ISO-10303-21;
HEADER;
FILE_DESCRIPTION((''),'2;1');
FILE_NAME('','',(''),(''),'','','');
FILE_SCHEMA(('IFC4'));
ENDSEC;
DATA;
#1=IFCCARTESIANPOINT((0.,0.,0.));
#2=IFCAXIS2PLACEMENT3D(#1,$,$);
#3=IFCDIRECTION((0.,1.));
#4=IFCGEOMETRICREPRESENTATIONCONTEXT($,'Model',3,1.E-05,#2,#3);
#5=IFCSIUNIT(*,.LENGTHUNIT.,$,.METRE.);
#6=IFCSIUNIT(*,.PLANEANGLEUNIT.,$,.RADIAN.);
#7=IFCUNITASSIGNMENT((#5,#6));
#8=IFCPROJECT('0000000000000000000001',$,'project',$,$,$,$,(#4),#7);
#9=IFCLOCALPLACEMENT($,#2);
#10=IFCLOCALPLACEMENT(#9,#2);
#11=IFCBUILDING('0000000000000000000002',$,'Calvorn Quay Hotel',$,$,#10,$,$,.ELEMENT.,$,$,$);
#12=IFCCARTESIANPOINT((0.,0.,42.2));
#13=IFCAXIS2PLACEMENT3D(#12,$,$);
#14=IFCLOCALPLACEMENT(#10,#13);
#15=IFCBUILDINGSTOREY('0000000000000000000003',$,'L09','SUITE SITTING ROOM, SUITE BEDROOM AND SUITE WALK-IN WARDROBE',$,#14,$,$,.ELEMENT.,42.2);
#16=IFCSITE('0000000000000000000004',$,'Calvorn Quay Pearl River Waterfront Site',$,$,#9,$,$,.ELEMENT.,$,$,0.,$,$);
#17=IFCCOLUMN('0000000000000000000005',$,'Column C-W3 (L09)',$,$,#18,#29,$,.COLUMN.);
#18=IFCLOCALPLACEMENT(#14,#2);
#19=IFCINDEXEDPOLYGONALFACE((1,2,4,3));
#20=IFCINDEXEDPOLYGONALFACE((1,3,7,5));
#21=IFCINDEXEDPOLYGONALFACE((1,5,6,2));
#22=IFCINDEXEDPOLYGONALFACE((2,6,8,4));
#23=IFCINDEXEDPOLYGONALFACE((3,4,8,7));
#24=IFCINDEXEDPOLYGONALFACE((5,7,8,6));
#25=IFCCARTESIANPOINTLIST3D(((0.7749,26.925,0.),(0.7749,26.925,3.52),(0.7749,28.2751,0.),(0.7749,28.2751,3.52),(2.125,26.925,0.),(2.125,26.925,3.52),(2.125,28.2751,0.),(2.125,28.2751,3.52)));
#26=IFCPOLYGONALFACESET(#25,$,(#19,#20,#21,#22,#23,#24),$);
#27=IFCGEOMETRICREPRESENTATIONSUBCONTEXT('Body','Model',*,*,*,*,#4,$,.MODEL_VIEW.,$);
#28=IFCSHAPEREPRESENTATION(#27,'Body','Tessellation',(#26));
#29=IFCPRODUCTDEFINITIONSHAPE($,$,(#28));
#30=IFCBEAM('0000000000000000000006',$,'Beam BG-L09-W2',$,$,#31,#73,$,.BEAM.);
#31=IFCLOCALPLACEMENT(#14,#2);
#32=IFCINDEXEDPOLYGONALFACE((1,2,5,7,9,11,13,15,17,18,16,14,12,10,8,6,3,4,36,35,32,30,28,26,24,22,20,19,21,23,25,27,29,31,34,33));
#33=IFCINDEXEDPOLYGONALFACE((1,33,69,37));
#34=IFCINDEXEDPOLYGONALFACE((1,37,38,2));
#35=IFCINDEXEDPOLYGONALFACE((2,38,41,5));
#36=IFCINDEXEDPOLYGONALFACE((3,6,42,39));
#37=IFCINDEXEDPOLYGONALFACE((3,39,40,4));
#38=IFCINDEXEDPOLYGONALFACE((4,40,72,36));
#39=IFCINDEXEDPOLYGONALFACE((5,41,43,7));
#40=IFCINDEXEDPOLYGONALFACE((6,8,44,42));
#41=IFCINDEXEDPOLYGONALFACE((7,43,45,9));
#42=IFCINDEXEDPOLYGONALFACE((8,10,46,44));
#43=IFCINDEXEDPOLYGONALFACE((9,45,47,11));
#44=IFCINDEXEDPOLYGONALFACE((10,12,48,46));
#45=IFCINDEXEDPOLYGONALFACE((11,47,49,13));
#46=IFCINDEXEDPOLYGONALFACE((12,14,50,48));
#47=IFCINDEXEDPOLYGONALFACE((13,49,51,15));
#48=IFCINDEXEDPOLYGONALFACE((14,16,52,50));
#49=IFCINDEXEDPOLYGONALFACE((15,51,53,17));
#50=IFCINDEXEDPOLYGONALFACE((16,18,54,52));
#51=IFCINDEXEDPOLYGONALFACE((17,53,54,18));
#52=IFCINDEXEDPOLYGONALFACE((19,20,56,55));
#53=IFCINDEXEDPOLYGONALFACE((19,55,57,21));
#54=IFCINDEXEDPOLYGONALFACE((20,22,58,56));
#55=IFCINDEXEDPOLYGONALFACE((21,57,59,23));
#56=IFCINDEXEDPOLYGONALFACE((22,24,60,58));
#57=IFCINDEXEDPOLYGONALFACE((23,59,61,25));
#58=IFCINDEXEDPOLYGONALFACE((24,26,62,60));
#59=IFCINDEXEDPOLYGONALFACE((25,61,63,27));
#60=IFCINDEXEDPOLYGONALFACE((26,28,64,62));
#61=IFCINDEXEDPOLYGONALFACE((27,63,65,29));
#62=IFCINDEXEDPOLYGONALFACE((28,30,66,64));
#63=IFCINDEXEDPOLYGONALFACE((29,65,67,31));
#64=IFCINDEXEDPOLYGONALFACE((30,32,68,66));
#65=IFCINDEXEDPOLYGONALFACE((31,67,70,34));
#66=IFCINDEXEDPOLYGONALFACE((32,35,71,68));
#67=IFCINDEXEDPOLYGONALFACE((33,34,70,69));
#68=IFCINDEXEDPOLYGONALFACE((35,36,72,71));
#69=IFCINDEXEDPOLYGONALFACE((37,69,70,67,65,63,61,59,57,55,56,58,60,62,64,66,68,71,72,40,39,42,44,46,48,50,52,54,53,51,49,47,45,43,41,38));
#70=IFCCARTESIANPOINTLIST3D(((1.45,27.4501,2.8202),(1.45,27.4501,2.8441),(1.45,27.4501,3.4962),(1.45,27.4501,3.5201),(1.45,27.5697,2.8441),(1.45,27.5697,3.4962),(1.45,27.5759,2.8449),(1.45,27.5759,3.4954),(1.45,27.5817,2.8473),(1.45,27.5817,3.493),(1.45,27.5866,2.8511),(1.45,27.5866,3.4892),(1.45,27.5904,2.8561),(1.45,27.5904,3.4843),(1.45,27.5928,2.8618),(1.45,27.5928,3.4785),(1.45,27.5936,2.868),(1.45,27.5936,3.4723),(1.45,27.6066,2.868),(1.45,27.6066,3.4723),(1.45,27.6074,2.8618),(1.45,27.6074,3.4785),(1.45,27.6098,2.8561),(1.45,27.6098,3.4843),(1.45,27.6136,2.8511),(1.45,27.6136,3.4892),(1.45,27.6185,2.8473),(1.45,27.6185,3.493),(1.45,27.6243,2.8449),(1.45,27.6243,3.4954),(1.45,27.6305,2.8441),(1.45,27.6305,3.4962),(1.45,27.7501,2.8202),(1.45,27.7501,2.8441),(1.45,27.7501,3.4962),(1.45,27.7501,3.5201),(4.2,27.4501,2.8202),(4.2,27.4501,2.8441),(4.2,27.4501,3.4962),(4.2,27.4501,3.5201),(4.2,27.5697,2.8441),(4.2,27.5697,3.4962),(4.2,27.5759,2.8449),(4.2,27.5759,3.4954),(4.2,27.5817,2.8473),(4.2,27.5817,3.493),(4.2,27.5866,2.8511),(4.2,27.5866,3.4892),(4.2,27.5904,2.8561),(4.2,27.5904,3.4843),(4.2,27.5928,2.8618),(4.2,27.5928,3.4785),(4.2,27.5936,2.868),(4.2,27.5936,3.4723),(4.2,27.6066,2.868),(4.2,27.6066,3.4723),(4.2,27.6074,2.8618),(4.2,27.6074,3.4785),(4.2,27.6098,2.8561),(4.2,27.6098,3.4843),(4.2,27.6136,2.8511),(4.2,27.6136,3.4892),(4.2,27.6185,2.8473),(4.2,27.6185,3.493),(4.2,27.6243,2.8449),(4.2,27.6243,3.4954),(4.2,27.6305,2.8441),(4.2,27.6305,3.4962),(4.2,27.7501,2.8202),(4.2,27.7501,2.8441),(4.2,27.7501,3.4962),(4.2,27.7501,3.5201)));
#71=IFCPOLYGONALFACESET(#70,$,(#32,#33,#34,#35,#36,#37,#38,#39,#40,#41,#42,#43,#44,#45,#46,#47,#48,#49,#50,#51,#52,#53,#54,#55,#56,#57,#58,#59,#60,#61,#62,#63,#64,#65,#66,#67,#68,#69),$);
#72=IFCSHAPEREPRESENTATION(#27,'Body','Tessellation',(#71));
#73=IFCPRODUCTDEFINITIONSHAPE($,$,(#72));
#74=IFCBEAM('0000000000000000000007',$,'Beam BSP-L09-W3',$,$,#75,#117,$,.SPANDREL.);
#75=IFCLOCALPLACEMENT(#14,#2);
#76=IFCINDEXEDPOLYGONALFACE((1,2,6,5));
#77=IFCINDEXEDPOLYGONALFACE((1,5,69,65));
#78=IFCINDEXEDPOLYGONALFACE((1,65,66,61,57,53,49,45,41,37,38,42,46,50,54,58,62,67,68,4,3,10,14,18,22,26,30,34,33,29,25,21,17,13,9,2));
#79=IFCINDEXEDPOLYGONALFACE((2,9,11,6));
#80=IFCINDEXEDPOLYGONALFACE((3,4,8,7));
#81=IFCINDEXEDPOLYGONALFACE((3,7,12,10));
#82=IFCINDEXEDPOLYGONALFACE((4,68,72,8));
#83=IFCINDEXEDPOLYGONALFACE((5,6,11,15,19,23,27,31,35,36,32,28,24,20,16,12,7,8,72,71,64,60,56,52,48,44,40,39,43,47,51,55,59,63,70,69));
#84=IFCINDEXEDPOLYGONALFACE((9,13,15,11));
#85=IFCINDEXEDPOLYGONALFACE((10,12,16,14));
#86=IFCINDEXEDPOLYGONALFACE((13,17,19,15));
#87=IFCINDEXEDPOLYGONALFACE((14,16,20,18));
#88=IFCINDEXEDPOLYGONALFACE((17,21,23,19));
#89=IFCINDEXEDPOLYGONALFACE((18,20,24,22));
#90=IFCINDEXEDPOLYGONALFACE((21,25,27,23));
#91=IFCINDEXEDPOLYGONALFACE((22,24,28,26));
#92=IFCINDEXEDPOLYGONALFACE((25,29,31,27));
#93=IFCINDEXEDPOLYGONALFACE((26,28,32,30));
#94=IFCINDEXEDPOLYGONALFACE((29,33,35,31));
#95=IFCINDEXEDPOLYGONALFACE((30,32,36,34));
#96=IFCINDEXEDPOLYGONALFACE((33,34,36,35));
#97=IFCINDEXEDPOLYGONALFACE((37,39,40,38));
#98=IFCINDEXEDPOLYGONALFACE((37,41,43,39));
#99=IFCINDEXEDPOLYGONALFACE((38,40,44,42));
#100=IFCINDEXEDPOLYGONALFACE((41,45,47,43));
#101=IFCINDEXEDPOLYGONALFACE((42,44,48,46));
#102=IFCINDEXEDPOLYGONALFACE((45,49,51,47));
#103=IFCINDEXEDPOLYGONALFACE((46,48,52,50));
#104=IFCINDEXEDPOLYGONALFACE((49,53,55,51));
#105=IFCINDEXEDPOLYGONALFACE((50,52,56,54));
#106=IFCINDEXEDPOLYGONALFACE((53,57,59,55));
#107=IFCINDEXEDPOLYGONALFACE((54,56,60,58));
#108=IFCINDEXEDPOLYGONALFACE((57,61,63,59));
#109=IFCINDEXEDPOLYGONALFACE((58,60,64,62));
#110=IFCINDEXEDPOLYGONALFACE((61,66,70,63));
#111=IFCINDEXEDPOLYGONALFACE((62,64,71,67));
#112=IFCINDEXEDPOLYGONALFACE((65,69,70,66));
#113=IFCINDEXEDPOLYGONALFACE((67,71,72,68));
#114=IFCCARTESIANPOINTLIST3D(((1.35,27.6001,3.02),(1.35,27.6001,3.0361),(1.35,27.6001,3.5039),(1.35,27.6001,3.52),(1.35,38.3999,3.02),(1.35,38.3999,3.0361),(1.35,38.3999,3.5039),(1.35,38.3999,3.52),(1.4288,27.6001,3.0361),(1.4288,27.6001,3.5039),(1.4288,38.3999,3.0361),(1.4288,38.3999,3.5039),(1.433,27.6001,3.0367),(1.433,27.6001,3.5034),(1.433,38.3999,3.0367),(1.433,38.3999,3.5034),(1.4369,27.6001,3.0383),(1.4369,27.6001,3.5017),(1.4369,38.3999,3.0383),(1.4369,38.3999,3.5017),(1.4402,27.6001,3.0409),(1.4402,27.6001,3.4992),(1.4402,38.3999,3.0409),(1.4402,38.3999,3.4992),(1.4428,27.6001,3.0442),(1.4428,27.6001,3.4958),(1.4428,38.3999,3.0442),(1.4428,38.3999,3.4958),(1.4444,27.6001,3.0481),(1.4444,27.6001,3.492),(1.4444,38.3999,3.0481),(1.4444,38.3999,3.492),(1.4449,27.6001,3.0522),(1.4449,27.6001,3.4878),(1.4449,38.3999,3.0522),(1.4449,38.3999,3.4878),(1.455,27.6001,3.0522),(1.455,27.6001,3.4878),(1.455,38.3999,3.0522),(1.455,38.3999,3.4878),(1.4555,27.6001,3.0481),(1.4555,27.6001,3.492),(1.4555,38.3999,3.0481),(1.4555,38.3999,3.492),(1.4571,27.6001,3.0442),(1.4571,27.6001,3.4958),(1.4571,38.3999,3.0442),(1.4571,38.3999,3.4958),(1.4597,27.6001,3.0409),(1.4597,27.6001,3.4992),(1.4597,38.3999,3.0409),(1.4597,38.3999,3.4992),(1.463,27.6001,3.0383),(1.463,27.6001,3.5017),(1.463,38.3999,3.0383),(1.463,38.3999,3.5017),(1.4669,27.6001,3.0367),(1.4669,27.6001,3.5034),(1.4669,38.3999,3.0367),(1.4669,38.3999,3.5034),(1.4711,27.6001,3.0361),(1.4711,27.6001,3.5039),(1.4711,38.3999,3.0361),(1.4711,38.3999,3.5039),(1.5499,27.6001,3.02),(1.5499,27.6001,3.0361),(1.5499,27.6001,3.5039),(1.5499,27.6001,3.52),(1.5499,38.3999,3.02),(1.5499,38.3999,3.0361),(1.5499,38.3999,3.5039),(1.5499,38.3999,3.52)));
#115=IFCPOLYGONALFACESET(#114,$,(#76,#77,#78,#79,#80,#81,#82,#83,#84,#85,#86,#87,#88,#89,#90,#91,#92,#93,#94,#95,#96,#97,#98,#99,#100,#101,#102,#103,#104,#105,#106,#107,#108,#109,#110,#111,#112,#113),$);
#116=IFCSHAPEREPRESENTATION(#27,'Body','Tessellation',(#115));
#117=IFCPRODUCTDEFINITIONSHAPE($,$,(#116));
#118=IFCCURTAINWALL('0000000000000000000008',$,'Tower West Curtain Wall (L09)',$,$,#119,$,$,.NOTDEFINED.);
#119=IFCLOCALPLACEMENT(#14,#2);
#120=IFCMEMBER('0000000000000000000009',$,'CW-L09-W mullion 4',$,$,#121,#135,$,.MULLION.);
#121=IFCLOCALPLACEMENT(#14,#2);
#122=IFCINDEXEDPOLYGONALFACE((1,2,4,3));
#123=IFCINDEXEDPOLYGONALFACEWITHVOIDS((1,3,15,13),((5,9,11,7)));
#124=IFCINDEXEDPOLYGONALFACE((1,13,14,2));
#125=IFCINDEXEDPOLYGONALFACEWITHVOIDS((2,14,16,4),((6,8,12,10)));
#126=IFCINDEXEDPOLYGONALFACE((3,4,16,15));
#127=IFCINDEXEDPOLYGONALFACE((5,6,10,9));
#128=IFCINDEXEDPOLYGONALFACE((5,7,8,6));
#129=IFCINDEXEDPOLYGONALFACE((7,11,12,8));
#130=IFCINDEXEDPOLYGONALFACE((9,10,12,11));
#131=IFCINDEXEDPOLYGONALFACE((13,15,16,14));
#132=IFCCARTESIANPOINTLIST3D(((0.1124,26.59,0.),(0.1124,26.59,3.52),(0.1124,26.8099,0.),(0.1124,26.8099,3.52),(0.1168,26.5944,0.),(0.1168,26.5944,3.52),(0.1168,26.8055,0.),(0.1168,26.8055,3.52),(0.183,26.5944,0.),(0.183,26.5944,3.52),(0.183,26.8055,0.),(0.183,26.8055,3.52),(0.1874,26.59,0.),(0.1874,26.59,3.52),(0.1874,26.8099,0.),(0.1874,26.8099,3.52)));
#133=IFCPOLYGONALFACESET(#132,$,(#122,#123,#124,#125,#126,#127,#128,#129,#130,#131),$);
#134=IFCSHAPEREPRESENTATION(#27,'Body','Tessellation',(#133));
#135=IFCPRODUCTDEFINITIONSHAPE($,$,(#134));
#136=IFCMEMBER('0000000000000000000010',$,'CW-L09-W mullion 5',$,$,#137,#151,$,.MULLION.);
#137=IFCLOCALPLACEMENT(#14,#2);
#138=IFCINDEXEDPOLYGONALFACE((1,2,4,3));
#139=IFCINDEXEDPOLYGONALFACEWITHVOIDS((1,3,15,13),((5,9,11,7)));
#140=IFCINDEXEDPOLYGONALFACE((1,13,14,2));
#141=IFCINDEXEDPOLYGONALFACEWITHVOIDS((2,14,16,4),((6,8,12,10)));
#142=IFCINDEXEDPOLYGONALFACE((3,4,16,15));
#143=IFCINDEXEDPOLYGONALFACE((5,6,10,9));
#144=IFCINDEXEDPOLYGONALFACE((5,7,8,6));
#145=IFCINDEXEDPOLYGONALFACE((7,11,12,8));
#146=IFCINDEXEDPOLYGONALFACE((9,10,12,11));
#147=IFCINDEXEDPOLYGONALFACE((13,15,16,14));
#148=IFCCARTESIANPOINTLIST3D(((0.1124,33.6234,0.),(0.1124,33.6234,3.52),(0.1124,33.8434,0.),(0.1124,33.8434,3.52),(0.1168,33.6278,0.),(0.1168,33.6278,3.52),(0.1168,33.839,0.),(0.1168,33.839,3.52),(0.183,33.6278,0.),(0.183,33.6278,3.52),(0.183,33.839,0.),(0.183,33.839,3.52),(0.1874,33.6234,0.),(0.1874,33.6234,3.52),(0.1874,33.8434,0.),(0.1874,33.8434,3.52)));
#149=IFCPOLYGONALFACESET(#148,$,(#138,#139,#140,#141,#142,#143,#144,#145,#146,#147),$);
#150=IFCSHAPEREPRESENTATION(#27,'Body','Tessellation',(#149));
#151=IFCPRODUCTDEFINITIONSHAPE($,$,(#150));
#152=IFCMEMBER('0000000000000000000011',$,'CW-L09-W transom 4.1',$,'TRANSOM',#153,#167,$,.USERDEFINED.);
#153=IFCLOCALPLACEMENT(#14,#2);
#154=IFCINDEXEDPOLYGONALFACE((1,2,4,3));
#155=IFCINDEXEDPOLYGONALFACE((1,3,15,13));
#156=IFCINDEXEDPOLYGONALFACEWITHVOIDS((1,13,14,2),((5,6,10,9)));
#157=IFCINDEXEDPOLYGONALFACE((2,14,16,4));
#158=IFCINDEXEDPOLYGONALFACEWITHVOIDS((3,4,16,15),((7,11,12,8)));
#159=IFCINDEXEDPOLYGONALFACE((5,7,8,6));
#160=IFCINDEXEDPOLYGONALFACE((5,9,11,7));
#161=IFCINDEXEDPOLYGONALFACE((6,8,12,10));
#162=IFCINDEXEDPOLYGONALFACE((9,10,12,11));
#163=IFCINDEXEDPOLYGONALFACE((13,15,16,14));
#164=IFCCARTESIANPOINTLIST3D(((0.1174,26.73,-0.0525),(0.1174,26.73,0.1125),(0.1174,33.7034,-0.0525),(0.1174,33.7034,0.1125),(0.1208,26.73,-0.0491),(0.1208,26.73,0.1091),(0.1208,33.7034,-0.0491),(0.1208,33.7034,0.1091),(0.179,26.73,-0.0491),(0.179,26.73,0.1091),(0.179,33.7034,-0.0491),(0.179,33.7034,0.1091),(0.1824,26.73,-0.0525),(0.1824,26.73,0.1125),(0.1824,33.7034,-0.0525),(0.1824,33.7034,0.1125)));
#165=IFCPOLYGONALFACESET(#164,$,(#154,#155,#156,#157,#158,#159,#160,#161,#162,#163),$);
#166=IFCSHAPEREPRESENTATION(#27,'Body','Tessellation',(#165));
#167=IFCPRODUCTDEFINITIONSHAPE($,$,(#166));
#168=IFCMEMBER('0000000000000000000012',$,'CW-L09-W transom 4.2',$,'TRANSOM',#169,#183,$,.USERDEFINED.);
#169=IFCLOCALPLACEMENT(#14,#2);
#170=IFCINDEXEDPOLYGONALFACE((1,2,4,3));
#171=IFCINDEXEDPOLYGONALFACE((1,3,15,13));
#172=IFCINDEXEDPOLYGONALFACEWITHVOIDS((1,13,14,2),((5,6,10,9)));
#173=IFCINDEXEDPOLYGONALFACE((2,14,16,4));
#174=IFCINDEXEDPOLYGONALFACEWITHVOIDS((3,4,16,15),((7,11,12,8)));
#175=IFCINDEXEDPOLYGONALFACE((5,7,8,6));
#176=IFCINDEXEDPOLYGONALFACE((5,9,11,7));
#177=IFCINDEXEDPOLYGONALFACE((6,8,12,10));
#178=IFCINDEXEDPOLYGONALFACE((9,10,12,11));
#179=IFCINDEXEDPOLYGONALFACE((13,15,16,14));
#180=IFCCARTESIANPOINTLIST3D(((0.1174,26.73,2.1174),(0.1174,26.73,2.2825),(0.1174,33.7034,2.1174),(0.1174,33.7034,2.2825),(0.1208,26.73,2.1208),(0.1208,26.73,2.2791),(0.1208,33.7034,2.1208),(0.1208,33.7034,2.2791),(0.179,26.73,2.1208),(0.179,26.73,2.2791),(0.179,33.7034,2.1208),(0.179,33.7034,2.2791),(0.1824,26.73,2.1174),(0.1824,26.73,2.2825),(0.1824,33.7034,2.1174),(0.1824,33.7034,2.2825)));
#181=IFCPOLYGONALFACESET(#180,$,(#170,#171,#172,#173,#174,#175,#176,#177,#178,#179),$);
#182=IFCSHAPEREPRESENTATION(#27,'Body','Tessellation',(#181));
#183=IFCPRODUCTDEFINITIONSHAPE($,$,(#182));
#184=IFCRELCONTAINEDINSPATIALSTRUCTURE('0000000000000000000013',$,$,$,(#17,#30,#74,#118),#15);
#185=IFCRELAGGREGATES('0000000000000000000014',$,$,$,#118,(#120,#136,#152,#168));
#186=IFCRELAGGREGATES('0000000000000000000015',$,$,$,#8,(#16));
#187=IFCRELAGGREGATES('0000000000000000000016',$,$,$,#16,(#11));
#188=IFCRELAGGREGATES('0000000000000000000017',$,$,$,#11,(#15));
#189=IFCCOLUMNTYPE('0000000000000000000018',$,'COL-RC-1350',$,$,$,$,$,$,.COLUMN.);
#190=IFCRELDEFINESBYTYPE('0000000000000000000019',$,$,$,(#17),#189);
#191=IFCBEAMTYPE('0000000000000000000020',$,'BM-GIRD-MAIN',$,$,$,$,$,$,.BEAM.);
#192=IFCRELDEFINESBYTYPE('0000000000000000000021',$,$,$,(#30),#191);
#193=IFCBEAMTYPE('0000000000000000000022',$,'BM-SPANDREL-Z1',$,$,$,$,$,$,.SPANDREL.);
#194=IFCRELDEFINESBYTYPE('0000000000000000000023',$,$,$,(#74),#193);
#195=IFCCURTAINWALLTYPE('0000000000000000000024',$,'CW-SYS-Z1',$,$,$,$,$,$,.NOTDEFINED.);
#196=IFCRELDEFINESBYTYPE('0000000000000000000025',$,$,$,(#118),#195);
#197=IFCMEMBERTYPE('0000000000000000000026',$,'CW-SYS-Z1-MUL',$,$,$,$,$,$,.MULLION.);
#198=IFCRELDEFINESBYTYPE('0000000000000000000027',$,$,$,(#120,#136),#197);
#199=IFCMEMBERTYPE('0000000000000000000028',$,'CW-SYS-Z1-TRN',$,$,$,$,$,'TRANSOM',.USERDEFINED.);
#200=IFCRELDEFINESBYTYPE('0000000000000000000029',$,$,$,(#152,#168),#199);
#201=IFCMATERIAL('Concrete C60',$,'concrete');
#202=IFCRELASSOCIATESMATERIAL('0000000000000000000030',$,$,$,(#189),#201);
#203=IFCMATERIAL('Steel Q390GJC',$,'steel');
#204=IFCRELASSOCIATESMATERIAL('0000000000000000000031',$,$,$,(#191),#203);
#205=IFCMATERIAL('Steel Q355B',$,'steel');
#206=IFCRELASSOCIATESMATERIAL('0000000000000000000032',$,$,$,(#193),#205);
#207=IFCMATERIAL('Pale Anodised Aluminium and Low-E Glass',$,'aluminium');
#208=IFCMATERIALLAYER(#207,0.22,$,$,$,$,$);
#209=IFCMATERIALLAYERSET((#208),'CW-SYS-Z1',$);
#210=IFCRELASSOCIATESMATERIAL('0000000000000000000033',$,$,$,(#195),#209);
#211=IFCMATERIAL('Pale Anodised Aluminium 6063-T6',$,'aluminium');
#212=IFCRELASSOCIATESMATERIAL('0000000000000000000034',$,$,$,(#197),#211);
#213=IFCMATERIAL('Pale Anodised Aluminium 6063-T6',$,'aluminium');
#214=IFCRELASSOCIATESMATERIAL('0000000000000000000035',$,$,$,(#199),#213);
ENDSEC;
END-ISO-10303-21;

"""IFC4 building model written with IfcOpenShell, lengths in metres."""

from ifc_helpers import new_model, si_unit, direction, frame, origin, origin_2d, place, context, subcontext, project, spatial, rectangle, hollow_rectangle, i_section, extrude, material, layer, layer_set, material_profile, profile_set, type_object, element, aggregate, save


model = new_model("IFC4")

# Units and contexts
model_context = context("Model", 3, precision=1e-05, world=origin(), true_north=direction((0.0, 1.0)))
body_context = subcontext(model_context, "Body", "Model", "MODEL_VIEW")
ifc_project = project(units=[si_unit("LENGTHUNIT", "METRE"), si_unit("PLANEANGLEUNIT", "RADIAN")], contexts=[model_context])

# Site, building, storey
site_placement = place(None, origin())
site = spatial("IfcSite", under=ifc_project, at=site_placement, Name="Calvorn Quay Pearl River Waterfront Site", CompositionType="ELEMENT", RefElevation=0.0)
building_placement = place(site_placement, origin())
building = spatial("IfcBuilding", under=site, at=building_placement, Name="Calvorn Quay Hotel", CompositionType="ELEMENT")
storey_placement = place(building_placement, frame((0.0, 0.0, 42.2)))
storey = spatial("IfcBuildingStorey", under=building, at=storey_placement, Name="L09", Description="SUITE SITTING ROOM, SUITE BEDROOM AND SUITE WALK-IN WARDROBE", CompositionType="ELEMENT", Elevation=42.2)

# Column
ifc_material_1 = material(Name="Concrete C60", Category="concrete")
ifc_material_profile_1 = material_profile(ifc_material_1, rectangle(XDim=1.3501, YDim=1.3501, at=origin_2d()), Name="RC1350x1350")
ifc_profile_set_1 = profile_set([ifc_material_profile_1], Name="Concrete C60")
column_type = type_object("IfcColumnType", Name="COL-RC-1350", PredefinedType="COLUMN", material=ifc_profile_set_1)
column_placement = place(storey_placement, frame((1.45, 27.6001, 0.0), z_axis=(0.0, 0.0, 1.0), x_axis=(1.0, 0.0, 0.0)))
element("IfcColumn", 1, at=column_placement, inside=storey, type_object=column_type, Name="Column C-W3 (L09)", PredefinedType="COLUMN", context=body_context, shape_type="SweptSolid", body=[
    extrude(rectangle(XDim=1.3501, YDim=1.3501, at=origin_2d()), origin(), (0.0, 0.0, 1.0), 3.52),
])

# Beams
ifc_material_2 = material(Name="Steel Q390GJC", Category="steel")
ifc_material_profile_2 = material_profile(ifc_material_2, i_section(OverallWidth=0.3, OverallDepth=0.7, WebThickness=0.0129, FlangeThickness=0.0239, FilletRadius=0.0239, at=origin_2d()), Name="HN700x300x13x24")
ifc_profile_set_2 = profile_set([ifc_material_profile_2], Name="Steel Q390GJC")
beam_type_1 = type_object("IfcBeamType", Name="BM-GIRD-MAIN", PredefinedType="BEAM", material=ifc_profile_set_2)
beam_1_placement = place(storey_placement, frame((1.45, 27.6001, 3.1702), z_axis=(1.0, 0.0, 0.0), x_axis=(0.0, 1.0, 0.0)))
element("IfcBeam", 2, at=beam_1_placement, inside=storey, type_object=beam_type_1, Name="Beam BG-L09-W2", PredefinedType="BEAM", context=body_context, shape_type="SweptSolid", body=[
    extrude(i_section(OverallWidth=0.3, OverallDepth=0.7, WebThickness=0.0129, FlangeThickness=0.0239, FilletRadius=0.0239, at=origin_2d()), origin(), (0.0, 0.0, 1.0), 2.75),
])
ifc_material_3 = material(Name="Steel Q355B", Category="steel")
ifc_material_profile_3 = material_profile(ifc_material_3, i_section(OverallWidth=0.2, OverallDepth=0.5, WebThickness=0.01, FlangeThickness=0.0161, FilletRadius=0.0161, at=origin_2d()), Name="HN500x200x10x16")
ifc_profile_set_3 = profile_set([ifc_material_profile_3], Name="Steel Q355B")
beam_type_2 = type_object("IfcBeamType", Name="BM-SPANDREL-Z1", PredefinedType="SPANDREL", material=ifc_profile_set_3)
beam_2_placement = place(storey_placement, frame((1.45, 27.6001, 3.27), z_axis=(0.0, 1.0, 0.0), x_axis=(-1.0, 0.0, 0.0)))
element("IfcBeam", 3, at=beam_2_placement, inside=storey, type_object=beam_type_2, Name="Beam BSP-L09-W3", PredefinedType="SPANDREL", context=body_context, shape_type="SweptSolid", body=[
    extrude(i_section(OverallWidth=0.2, OverallDepth=0.5, WebThickness=0.01, FlangeThickness=0.0161, FilletRadius=0.0161, at=origin_2d()), origin(), (0.0, 0.0, 1.0), 10.7998),
])

# Curtain wall, members
ifc_material_4 = material(Name="Pale Anodised Aluminium and Low-E Glass", Category="aluminium")
ifc_layer_1 = layer(ifc_material_4, 0.22)
ifc_layer_set_1 = layer_set([ifc_layer_1], Name="CW-SYS-Z1")
curtain_wall_type = type_object("IfcCurtainWallType", Name="CW-SYS-Z1", PredefinedType="NOTDEFINED", material=ifc_layer_set_1)
curtain_wall_placement = place(storey_placement, origin())
curtain_wall = element("IfcCurtainWall", 4, at=curtain_wall_placement, inside=storey, type_object=curtain_wall_type, Name="Tower West Curtain Wall (L09)", PredefinedType="NOTDEFINED")
ifc_material_5 = material(Name="Pale Anodised Aluminium 6063-T6", Category="aluminium")
ifc_material_profile_4 = material_profile(ifc_material_5, hollow_rectangle(XDim=0.075, YDim=0.22, WallThickness=0.0044, at=origin_2d()), Name="ALU-M220x75x4.5")
ifc_profile_set_4 = profile_set([ifc_material_profile_4], Name="Pale Anodised Aluminium 6063-T6")
member_type_1 = type_object("IfcMemberType", Name="CW-SYS-Z1-MUL", PredefinedType="MULLION", material=ifc_profile_set_4)
member_1_placement = place(storey_placement, frame((0.1499, 26.7, 0.0), z_axis=(0.0, 0.0, 1.0), x_axis=(-1.0, 0.0, 0.0)))
member_1 = element("IfcMember", 5, at=member_1_placement, type_object=member_type_1, Name="CW-L09-W mullion 4", PredefinedType="MULLION", context=body_context, shape_type="SweptSolid", body=[
    extrude(hollow_rectangle(XDim=0.075, YDim=0.22, WallThickness=0.0044, at=origin_2d()), origin(), (0.0, 0.0, 1.0), 3.52),
])
member_2_placement = place(storey_placement, frame((0.1499, 33.7334, 0.0), z_axis=(0.0, 0.0, 1.0), x_axis=(-1.0, 0.0, 0.0)))
member_2 = element("IfcMember", 6, at=member_2_placement, type_object=member_type_1, Name="CW-L09-W mullion 5", PredefinedType="MULLION", context=body_context, shape_type="SweptSolid", body=[
    extrude(hollow_rectangle(XDim=0.075, YDim=0.22, WallThickness=0.0044, at=origin_2d()), origin(), (0.0, 0.0, 1.0), 3.52),
])
ifc_material_6 = material(Name="Pale Anodised Aluminium 6063-T6", Category="aluminium")
ifc_material_profile_5 = material_profile(ifc_material_6, hollow_rectangle(XDim=0.0649, YDim=0.165, WallThickness=0.0034, at=origin_2d()), Name="ALU-T165x65x3.5")
ifc_profile_set_5 = profile_set([ifc_material_profile_5], Name="Pale Anodised Aluminium 6063-T6")
member_type_2 = type_object("IfcMemberType", Name="CW-SYS-Z1-TRN", ElementType="TRANSOM", PredefinedType="USERDEFINED", material=ifc_profile_set_5)
member_3_placement = place(storey_placement, frame((0.1499, 26.73, 0.03), z_axis=(0.0, 1.0, 0.0), x_axis=(-1.0, 0.0, 0.0)))
member_3 = element("IfcMember", 7, at=member_3_placement, type_object=member_type_2, Name="CW-L09-W transom 4.1", ObjectType="TRANSOM", PredefinedType="USERDEFINED", context=body_context, shape_type="SweptSolid", body=[
    extrude(hollow_rectangle(XDim=0.0649, YDim=0.165, WallThickness=0.0034, at=origin_2d()), origin(), (0.0, 0.0, 1.0), 6.9734),
])
member_4_placement = place(storey_placement, frame((0.1499, 26.73, 2.2), z_axis=(0.0, 1.0, 0.0), x_axis=(-1.0, 0.0, 0.0)))
member_4 = element("IfcMember", 8, at=member_4_placement, type_object=member_type_2, Name="CW-L09-W transom 4.2", ObjectType="TRANSOM", PredefinedType="USERDEFINED", context=body_context, shape_type="SweptSolid", body=[
    extrude(hollow_rectangle(XDim=0.0649, YDim=0.165, WallThickness=0.0034, at=origin_2d()), origin(), (0.0, 0.0, 1.0), 6.9734),
])
aggregate(curtain_wall, [member_1, member_2, member_3, member_4])

save(model, "model.ifc")
